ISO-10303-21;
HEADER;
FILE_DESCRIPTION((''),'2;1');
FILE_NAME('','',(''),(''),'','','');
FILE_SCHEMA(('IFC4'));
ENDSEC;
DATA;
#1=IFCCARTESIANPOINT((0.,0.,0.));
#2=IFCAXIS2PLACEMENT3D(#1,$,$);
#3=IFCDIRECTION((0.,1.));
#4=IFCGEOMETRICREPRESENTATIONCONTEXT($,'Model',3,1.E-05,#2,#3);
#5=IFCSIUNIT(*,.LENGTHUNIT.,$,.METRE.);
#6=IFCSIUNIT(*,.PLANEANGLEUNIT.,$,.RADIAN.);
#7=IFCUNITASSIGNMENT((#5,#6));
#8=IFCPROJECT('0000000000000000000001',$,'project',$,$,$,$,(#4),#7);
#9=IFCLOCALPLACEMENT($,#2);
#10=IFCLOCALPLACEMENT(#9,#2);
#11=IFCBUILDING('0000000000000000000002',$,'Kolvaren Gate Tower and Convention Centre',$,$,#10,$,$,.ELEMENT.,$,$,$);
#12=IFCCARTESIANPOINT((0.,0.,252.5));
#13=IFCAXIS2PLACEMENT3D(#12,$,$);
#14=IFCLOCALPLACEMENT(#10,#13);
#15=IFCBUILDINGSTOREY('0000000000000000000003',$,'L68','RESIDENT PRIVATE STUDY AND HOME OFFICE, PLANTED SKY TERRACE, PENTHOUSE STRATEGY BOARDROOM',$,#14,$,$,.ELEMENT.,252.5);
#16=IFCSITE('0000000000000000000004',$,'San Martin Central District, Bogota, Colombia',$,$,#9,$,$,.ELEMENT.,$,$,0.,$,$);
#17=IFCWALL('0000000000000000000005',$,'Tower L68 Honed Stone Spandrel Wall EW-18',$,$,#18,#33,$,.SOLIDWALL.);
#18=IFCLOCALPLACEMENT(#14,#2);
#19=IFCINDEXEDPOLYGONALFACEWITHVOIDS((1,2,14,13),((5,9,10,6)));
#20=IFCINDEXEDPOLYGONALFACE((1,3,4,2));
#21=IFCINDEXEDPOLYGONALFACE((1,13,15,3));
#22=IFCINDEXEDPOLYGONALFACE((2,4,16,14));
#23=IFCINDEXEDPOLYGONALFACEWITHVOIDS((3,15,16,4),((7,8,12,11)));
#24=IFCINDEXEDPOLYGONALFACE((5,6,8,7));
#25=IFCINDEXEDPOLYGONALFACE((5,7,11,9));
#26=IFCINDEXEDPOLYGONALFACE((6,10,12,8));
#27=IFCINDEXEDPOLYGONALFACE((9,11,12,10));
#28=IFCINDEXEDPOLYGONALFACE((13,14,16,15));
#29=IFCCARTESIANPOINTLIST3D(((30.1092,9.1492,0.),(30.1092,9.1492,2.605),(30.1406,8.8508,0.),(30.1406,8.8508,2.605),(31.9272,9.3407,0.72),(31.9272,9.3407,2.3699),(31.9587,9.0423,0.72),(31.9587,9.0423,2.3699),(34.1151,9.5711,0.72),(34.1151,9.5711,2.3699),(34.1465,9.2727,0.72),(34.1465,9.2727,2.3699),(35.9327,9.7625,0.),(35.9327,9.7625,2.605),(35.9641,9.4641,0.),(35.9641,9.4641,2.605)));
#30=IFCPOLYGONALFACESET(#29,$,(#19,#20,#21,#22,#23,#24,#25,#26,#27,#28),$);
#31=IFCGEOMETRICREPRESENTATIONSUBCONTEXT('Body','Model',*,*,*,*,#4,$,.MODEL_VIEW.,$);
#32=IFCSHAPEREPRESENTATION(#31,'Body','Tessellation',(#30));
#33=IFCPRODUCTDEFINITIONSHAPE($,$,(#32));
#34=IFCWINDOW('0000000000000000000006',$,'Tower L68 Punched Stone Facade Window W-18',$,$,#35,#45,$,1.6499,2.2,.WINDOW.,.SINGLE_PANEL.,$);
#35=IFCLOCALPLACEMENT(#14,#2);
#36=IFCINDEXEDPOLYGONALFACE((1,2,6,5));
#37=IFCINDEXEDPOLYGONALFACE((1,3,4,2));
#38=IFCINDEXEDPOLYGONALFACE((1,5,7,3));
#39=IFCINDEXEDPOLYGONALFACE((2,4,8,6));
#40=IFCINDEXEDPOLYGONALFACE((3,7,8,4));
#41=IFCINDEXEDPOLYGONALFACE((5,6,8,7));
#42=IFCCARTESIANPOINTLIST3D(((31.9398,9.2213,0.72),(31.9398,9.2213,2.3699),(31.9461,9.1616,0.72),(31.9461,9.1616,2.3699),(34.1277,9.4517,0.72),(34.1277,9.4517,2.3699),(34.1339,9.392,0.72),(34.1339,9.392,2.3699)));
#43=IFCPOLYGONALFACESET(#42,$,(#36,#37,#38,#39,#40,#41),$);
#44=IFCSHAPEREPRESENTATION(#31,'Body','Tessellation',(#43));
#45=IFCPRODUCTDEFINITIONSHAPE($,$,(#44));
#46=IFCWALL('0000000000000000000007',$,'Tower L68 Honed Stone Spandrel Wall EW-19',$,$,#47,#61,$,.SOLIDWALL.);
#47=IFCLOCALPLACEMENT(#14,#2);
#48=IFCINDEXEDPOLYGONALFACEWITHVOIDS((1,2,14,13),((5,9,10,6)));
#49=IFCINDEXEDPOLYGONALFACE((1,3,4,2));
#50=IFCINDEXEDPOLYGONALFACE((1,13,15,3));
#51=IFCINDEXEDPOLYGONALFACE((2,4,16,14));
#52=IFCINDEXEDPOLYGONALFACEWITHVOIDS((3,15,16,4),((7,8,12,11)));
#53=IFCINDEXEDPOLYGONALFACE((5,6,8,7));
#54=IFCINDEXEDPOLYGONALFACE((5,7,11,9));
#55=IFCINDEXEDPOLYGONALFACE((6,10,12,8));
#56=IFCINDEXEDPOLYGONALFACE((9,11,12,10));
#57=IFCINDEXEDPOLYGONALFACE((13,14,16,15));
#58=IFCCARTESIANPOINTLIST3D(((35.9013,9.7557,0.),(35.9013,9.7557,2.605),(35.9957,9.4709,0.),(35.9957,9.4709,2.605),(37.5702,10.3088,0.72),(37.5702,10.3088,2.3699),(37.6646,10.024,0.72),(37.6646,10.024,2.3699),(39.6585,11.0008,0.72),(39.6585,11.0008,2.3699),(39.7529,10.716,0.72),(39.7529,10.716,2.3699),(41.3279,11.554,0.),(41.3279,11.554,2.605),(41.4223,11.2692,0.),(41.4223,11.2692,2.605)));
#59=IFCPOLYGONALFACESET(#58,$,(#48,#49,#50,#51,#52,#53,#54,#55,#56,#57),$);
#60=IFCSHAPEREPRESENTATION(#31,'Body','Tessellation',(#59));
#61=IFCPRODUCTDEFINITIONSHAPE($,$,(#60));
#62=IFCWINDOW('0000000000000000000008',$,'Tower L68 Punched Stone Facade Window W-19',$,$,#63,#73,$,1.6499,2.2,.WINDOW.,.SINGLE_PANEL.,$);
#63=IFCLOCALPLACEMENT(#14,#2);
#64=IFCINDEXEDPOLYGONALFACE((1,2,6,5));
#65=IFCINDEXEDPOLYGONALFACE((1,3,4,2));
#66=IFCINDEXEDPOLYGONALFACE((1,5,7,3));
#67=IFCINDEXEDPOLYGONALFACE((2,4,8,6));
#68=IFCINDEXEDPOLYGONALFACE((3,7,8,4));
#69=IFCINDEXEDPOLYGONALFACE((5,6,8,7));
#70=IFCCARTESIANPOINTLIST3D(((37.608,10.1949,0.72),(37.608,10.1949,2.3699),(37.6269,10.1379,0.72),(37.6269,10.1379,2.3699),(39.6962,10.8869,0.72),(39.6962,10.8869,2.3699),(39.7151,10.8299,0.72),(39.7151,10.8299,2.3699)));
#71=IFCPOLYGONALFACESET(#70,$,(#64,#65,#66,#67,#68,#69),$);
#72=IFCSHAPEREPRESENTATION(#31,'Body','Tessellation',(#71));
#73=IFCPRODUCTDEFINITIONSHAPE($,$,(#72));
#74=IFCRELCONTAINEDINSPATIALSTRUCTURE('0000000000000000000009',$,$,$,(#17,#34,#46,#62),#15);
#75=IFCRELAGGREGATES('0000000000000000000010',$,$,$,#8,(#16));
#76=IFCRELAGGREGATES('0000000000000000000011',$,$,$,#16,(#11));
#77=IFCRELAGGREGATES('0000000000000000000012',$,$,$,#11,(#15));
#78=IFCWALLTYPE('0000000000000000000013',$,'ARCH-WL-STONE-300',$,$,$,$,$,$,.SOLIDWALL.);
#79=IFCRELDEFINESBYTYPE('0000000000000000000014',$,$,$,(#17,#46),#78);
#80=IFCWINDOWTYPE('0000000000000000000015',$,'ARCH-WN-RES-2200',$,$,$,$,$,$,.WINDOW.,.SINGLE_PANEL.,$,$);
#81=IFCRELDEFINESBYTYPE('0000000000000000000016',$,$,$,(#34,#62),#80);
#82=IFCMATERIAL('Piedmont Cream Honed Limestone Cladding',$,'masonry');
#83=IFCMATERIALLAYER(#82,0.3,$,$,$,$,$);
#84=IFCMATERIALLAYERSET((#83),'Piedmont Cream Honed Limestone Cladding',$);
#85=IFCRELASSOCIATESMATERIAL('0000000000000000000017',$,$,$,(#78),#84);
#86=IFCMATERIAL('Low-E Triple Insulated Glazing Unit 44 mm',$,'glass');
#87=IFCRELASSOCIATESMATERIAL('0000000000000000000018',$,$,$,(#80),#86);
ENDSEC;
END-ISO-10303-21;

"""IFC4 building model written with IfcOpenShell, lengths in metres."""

from ifc_helpers import new_model, si_unit, direction, frame, frame_2d, origin, place, context, subcontext, project, spatial, rectangle, extrude, material, layer, layer_set, type_object, element, fill, save


model = new_model("IFC4")

# Units and contexts
model_context = context("Model", 3, precision=1e-05, world=origin(), true_north=direction((0.0, 1.0)))
body_context = subcontext(model_context, "Body", "Model", "MODEL_VIEW")
ifc_project = project(units=[si_unit("LENGTHUNIT", "METRE"), si_unit("PLANEANGLEUNIT", "RADIAN")], contexts=[model_context])

# Site, building, storey
site_placement = place(None, origin())
site = spatial("IfcSite", under=ifc_project, at=site_placement, Name="San Martin Central District, Bogota, Colombia", CompositionType="ELEMENT", RefElevation=0.0)
building_placement = place(site_placement, origin())
building = spatial("IfcBuilding", under=site, at=building_placement, Name="Kolvaren Gate Tower and Convention Centre", CompositionType="ELEMENT")
storey_placement = place(building_placement, frame((0.0, 0.0, 252.5)))
storey = spatial("IfcBuildingStorey", under=building, at=storey_placement, Name="L68", Description="RESIDENT PRIVATE STUDY AND HOME OFFICE, PLANTED SKY TERRACE, PENTHOUSE STRATEGY BOARDROOM", CompositionType="ELEMENT", Elevation=252.5)

# Shared definitions
ifc_material_1 = material(Name="Piedmont Cream Honed Limestone Cladding", Category="masonry")

# Walls, openings, windows
ifc_layer_1 = layer(ifc_material_1, 0.3)
ifc_layer_set_1 = layer_set([ifc_layer_1], Name="Piedmont Cream Honed Limestone Cladding")
wall_type_1 = type_object("IfcWallType", Name="ARCH-WL-STONE-300", PredefinedType="SOLIDWALL", material=ifc_layer_set_1)
ifc_material_2 = material(Name="Low-E Triple Insulated Glazing Unit 44 mm", Category="glass")
window_type = type_object("IfcWindowType", Name="ARCH-WN-RES-2200", PartitioningType="SINGLE_PANEL", PredefinedType="WINDOW", material=ifc_material_2)
wall_1_placement = place(storey_placement, frame((30.125, 9.0, 0.0), z_axis=(0.0, 0.0, 1.0), x_axis=(0.9945, 0.104733, 0.0)))
wall_1 = element("IfcWall", 1, at=wall_1_placement, inside=storey, type_object=wall_type_1, Name="Tower L68 Honed Stone Spandrel Wall EW-18", PredefinedType="SOLIDWALL", context=body_context, shape_type="SweptSolid", body=[
    extrude(rectangle(XDim=5.8557, YDim=0.3, at=frame_2d((2.9277, 0.0))), origin(), (0.0, 0.0, 1.0), 2.605),
])
opening_1_placement = place(wall_1_placement, frame((1.8279, 0.0, 0.72)))
opening_1 = element("IfcOpeningElement", 2, at=opening_1_placement, cuts=wall_1, PredefinedType="OPENING", context=body_context, shape_type="SweptSolid", body=[
    extrude(rectangle(XDim=2.2, YDim=1.6499, at=frame_2d((1.1001, 0.825))), frame((0.0, 0.1599, 0.0), z_axis=(0.0, -1.0, 0.0), x_axis=(1.0, 0.0, 0.0)), (0.0, 0.0, 1.0), 0.3201),
])
window_1_placement = place(opening_1_placement, origin())
window_1 = element("IfcWindow", 3, at=window_1_placement, inside=storey, type_object=window_type, Name="Tower L68 Punched Stone Facade Window W-18", OverallHeight=1.6499, OverallWidth=2.2, PartitioningType="SINGLE_PANEL", PredefinedType="WINDOW", context=body_context, shape_type="SweptSolid", body=[
    extrude(rectangle(XDim=2.2, YDim=1.6499, at=frame_2d((1.1001, 0.825))), frame((0.0, 0.03, 0.0), z_axis=(0.0, -1.0, 0.0), x_axis=(1.0, 0.0, 0.0)), (0.0, 0.0, 1.0), 0.0601),
])
fill(opening_1, window_1)
wall_2_placement = place(storey_placement, frame((35.9485, 9.6133, 0.0), z_axis=(0.0, 0.0, 1.0), x_axis=(0.949233, 0.314575, 0.0)))
wall_2 = element("IfcWall", 4, at=wall_2_placement, inside=storey, type_object=wall_type_1, Name="Tower L68 Honed Stone Spandrel Wall EW-19", PredefinedType="SOLIDWALL", context=body_context, shape_type="SweptSolid", body=[
    extrude(rectangle(XDim=5.7168, YDim=0.3, at=frame_2d((2.8584, 0.0))), origin(), (0.0, 0.0, 1.0), 2.605),
])
opening_2_placement = place(wall_2_placement, frame((1.7581, 0.0, 0.72)))
opening_2 = element("IfcOpeningElement", 5, at=opening_2_placement, cuts=wall_2, PredefinedType="OPENING", context=body_context, shape_type="SweptSolid", body=[
    extrude(rectangle(XDim=2.2, YDim=1.6499, at=frame_2d((1.1001, 0.825))), frame((0.0, 0.1599, 0.0), z_axis=(0.0, -1.0, 0.0), x_axis=(1.0, 0.0, 0.0)), (0.0, 0.0, 1.0), 0.3201),
])
window_2_placement = place(opening_2_placement, origin())
window_2 = element("IfcWindow", 6, at=window_2_placement, inside=storey, type_object=window_type, Name="Tower L68 Punched Stone Facade Window W-19", OverallHeight=1.6499, OverallWidth=2.2, PartitioningType="SINGLE_PANEL", PredefinedType="WINDOW", context=body_context, shape_type="SweptSolid", body=[
    extrude(rectangle(XDim=2.2, YDim=1.6499, at=frame_2d((1.1001, 0.825))), frame((0.0, 0.03, 0.0), z_axis=(0.0, -1.0, 0.0), x_axis=(1.0, 0.0, 0.0)), (0.0, 0.0, 1.0), 0.0601),
])
fill(opening_2, window_2)

save(model, "model.ifc")
